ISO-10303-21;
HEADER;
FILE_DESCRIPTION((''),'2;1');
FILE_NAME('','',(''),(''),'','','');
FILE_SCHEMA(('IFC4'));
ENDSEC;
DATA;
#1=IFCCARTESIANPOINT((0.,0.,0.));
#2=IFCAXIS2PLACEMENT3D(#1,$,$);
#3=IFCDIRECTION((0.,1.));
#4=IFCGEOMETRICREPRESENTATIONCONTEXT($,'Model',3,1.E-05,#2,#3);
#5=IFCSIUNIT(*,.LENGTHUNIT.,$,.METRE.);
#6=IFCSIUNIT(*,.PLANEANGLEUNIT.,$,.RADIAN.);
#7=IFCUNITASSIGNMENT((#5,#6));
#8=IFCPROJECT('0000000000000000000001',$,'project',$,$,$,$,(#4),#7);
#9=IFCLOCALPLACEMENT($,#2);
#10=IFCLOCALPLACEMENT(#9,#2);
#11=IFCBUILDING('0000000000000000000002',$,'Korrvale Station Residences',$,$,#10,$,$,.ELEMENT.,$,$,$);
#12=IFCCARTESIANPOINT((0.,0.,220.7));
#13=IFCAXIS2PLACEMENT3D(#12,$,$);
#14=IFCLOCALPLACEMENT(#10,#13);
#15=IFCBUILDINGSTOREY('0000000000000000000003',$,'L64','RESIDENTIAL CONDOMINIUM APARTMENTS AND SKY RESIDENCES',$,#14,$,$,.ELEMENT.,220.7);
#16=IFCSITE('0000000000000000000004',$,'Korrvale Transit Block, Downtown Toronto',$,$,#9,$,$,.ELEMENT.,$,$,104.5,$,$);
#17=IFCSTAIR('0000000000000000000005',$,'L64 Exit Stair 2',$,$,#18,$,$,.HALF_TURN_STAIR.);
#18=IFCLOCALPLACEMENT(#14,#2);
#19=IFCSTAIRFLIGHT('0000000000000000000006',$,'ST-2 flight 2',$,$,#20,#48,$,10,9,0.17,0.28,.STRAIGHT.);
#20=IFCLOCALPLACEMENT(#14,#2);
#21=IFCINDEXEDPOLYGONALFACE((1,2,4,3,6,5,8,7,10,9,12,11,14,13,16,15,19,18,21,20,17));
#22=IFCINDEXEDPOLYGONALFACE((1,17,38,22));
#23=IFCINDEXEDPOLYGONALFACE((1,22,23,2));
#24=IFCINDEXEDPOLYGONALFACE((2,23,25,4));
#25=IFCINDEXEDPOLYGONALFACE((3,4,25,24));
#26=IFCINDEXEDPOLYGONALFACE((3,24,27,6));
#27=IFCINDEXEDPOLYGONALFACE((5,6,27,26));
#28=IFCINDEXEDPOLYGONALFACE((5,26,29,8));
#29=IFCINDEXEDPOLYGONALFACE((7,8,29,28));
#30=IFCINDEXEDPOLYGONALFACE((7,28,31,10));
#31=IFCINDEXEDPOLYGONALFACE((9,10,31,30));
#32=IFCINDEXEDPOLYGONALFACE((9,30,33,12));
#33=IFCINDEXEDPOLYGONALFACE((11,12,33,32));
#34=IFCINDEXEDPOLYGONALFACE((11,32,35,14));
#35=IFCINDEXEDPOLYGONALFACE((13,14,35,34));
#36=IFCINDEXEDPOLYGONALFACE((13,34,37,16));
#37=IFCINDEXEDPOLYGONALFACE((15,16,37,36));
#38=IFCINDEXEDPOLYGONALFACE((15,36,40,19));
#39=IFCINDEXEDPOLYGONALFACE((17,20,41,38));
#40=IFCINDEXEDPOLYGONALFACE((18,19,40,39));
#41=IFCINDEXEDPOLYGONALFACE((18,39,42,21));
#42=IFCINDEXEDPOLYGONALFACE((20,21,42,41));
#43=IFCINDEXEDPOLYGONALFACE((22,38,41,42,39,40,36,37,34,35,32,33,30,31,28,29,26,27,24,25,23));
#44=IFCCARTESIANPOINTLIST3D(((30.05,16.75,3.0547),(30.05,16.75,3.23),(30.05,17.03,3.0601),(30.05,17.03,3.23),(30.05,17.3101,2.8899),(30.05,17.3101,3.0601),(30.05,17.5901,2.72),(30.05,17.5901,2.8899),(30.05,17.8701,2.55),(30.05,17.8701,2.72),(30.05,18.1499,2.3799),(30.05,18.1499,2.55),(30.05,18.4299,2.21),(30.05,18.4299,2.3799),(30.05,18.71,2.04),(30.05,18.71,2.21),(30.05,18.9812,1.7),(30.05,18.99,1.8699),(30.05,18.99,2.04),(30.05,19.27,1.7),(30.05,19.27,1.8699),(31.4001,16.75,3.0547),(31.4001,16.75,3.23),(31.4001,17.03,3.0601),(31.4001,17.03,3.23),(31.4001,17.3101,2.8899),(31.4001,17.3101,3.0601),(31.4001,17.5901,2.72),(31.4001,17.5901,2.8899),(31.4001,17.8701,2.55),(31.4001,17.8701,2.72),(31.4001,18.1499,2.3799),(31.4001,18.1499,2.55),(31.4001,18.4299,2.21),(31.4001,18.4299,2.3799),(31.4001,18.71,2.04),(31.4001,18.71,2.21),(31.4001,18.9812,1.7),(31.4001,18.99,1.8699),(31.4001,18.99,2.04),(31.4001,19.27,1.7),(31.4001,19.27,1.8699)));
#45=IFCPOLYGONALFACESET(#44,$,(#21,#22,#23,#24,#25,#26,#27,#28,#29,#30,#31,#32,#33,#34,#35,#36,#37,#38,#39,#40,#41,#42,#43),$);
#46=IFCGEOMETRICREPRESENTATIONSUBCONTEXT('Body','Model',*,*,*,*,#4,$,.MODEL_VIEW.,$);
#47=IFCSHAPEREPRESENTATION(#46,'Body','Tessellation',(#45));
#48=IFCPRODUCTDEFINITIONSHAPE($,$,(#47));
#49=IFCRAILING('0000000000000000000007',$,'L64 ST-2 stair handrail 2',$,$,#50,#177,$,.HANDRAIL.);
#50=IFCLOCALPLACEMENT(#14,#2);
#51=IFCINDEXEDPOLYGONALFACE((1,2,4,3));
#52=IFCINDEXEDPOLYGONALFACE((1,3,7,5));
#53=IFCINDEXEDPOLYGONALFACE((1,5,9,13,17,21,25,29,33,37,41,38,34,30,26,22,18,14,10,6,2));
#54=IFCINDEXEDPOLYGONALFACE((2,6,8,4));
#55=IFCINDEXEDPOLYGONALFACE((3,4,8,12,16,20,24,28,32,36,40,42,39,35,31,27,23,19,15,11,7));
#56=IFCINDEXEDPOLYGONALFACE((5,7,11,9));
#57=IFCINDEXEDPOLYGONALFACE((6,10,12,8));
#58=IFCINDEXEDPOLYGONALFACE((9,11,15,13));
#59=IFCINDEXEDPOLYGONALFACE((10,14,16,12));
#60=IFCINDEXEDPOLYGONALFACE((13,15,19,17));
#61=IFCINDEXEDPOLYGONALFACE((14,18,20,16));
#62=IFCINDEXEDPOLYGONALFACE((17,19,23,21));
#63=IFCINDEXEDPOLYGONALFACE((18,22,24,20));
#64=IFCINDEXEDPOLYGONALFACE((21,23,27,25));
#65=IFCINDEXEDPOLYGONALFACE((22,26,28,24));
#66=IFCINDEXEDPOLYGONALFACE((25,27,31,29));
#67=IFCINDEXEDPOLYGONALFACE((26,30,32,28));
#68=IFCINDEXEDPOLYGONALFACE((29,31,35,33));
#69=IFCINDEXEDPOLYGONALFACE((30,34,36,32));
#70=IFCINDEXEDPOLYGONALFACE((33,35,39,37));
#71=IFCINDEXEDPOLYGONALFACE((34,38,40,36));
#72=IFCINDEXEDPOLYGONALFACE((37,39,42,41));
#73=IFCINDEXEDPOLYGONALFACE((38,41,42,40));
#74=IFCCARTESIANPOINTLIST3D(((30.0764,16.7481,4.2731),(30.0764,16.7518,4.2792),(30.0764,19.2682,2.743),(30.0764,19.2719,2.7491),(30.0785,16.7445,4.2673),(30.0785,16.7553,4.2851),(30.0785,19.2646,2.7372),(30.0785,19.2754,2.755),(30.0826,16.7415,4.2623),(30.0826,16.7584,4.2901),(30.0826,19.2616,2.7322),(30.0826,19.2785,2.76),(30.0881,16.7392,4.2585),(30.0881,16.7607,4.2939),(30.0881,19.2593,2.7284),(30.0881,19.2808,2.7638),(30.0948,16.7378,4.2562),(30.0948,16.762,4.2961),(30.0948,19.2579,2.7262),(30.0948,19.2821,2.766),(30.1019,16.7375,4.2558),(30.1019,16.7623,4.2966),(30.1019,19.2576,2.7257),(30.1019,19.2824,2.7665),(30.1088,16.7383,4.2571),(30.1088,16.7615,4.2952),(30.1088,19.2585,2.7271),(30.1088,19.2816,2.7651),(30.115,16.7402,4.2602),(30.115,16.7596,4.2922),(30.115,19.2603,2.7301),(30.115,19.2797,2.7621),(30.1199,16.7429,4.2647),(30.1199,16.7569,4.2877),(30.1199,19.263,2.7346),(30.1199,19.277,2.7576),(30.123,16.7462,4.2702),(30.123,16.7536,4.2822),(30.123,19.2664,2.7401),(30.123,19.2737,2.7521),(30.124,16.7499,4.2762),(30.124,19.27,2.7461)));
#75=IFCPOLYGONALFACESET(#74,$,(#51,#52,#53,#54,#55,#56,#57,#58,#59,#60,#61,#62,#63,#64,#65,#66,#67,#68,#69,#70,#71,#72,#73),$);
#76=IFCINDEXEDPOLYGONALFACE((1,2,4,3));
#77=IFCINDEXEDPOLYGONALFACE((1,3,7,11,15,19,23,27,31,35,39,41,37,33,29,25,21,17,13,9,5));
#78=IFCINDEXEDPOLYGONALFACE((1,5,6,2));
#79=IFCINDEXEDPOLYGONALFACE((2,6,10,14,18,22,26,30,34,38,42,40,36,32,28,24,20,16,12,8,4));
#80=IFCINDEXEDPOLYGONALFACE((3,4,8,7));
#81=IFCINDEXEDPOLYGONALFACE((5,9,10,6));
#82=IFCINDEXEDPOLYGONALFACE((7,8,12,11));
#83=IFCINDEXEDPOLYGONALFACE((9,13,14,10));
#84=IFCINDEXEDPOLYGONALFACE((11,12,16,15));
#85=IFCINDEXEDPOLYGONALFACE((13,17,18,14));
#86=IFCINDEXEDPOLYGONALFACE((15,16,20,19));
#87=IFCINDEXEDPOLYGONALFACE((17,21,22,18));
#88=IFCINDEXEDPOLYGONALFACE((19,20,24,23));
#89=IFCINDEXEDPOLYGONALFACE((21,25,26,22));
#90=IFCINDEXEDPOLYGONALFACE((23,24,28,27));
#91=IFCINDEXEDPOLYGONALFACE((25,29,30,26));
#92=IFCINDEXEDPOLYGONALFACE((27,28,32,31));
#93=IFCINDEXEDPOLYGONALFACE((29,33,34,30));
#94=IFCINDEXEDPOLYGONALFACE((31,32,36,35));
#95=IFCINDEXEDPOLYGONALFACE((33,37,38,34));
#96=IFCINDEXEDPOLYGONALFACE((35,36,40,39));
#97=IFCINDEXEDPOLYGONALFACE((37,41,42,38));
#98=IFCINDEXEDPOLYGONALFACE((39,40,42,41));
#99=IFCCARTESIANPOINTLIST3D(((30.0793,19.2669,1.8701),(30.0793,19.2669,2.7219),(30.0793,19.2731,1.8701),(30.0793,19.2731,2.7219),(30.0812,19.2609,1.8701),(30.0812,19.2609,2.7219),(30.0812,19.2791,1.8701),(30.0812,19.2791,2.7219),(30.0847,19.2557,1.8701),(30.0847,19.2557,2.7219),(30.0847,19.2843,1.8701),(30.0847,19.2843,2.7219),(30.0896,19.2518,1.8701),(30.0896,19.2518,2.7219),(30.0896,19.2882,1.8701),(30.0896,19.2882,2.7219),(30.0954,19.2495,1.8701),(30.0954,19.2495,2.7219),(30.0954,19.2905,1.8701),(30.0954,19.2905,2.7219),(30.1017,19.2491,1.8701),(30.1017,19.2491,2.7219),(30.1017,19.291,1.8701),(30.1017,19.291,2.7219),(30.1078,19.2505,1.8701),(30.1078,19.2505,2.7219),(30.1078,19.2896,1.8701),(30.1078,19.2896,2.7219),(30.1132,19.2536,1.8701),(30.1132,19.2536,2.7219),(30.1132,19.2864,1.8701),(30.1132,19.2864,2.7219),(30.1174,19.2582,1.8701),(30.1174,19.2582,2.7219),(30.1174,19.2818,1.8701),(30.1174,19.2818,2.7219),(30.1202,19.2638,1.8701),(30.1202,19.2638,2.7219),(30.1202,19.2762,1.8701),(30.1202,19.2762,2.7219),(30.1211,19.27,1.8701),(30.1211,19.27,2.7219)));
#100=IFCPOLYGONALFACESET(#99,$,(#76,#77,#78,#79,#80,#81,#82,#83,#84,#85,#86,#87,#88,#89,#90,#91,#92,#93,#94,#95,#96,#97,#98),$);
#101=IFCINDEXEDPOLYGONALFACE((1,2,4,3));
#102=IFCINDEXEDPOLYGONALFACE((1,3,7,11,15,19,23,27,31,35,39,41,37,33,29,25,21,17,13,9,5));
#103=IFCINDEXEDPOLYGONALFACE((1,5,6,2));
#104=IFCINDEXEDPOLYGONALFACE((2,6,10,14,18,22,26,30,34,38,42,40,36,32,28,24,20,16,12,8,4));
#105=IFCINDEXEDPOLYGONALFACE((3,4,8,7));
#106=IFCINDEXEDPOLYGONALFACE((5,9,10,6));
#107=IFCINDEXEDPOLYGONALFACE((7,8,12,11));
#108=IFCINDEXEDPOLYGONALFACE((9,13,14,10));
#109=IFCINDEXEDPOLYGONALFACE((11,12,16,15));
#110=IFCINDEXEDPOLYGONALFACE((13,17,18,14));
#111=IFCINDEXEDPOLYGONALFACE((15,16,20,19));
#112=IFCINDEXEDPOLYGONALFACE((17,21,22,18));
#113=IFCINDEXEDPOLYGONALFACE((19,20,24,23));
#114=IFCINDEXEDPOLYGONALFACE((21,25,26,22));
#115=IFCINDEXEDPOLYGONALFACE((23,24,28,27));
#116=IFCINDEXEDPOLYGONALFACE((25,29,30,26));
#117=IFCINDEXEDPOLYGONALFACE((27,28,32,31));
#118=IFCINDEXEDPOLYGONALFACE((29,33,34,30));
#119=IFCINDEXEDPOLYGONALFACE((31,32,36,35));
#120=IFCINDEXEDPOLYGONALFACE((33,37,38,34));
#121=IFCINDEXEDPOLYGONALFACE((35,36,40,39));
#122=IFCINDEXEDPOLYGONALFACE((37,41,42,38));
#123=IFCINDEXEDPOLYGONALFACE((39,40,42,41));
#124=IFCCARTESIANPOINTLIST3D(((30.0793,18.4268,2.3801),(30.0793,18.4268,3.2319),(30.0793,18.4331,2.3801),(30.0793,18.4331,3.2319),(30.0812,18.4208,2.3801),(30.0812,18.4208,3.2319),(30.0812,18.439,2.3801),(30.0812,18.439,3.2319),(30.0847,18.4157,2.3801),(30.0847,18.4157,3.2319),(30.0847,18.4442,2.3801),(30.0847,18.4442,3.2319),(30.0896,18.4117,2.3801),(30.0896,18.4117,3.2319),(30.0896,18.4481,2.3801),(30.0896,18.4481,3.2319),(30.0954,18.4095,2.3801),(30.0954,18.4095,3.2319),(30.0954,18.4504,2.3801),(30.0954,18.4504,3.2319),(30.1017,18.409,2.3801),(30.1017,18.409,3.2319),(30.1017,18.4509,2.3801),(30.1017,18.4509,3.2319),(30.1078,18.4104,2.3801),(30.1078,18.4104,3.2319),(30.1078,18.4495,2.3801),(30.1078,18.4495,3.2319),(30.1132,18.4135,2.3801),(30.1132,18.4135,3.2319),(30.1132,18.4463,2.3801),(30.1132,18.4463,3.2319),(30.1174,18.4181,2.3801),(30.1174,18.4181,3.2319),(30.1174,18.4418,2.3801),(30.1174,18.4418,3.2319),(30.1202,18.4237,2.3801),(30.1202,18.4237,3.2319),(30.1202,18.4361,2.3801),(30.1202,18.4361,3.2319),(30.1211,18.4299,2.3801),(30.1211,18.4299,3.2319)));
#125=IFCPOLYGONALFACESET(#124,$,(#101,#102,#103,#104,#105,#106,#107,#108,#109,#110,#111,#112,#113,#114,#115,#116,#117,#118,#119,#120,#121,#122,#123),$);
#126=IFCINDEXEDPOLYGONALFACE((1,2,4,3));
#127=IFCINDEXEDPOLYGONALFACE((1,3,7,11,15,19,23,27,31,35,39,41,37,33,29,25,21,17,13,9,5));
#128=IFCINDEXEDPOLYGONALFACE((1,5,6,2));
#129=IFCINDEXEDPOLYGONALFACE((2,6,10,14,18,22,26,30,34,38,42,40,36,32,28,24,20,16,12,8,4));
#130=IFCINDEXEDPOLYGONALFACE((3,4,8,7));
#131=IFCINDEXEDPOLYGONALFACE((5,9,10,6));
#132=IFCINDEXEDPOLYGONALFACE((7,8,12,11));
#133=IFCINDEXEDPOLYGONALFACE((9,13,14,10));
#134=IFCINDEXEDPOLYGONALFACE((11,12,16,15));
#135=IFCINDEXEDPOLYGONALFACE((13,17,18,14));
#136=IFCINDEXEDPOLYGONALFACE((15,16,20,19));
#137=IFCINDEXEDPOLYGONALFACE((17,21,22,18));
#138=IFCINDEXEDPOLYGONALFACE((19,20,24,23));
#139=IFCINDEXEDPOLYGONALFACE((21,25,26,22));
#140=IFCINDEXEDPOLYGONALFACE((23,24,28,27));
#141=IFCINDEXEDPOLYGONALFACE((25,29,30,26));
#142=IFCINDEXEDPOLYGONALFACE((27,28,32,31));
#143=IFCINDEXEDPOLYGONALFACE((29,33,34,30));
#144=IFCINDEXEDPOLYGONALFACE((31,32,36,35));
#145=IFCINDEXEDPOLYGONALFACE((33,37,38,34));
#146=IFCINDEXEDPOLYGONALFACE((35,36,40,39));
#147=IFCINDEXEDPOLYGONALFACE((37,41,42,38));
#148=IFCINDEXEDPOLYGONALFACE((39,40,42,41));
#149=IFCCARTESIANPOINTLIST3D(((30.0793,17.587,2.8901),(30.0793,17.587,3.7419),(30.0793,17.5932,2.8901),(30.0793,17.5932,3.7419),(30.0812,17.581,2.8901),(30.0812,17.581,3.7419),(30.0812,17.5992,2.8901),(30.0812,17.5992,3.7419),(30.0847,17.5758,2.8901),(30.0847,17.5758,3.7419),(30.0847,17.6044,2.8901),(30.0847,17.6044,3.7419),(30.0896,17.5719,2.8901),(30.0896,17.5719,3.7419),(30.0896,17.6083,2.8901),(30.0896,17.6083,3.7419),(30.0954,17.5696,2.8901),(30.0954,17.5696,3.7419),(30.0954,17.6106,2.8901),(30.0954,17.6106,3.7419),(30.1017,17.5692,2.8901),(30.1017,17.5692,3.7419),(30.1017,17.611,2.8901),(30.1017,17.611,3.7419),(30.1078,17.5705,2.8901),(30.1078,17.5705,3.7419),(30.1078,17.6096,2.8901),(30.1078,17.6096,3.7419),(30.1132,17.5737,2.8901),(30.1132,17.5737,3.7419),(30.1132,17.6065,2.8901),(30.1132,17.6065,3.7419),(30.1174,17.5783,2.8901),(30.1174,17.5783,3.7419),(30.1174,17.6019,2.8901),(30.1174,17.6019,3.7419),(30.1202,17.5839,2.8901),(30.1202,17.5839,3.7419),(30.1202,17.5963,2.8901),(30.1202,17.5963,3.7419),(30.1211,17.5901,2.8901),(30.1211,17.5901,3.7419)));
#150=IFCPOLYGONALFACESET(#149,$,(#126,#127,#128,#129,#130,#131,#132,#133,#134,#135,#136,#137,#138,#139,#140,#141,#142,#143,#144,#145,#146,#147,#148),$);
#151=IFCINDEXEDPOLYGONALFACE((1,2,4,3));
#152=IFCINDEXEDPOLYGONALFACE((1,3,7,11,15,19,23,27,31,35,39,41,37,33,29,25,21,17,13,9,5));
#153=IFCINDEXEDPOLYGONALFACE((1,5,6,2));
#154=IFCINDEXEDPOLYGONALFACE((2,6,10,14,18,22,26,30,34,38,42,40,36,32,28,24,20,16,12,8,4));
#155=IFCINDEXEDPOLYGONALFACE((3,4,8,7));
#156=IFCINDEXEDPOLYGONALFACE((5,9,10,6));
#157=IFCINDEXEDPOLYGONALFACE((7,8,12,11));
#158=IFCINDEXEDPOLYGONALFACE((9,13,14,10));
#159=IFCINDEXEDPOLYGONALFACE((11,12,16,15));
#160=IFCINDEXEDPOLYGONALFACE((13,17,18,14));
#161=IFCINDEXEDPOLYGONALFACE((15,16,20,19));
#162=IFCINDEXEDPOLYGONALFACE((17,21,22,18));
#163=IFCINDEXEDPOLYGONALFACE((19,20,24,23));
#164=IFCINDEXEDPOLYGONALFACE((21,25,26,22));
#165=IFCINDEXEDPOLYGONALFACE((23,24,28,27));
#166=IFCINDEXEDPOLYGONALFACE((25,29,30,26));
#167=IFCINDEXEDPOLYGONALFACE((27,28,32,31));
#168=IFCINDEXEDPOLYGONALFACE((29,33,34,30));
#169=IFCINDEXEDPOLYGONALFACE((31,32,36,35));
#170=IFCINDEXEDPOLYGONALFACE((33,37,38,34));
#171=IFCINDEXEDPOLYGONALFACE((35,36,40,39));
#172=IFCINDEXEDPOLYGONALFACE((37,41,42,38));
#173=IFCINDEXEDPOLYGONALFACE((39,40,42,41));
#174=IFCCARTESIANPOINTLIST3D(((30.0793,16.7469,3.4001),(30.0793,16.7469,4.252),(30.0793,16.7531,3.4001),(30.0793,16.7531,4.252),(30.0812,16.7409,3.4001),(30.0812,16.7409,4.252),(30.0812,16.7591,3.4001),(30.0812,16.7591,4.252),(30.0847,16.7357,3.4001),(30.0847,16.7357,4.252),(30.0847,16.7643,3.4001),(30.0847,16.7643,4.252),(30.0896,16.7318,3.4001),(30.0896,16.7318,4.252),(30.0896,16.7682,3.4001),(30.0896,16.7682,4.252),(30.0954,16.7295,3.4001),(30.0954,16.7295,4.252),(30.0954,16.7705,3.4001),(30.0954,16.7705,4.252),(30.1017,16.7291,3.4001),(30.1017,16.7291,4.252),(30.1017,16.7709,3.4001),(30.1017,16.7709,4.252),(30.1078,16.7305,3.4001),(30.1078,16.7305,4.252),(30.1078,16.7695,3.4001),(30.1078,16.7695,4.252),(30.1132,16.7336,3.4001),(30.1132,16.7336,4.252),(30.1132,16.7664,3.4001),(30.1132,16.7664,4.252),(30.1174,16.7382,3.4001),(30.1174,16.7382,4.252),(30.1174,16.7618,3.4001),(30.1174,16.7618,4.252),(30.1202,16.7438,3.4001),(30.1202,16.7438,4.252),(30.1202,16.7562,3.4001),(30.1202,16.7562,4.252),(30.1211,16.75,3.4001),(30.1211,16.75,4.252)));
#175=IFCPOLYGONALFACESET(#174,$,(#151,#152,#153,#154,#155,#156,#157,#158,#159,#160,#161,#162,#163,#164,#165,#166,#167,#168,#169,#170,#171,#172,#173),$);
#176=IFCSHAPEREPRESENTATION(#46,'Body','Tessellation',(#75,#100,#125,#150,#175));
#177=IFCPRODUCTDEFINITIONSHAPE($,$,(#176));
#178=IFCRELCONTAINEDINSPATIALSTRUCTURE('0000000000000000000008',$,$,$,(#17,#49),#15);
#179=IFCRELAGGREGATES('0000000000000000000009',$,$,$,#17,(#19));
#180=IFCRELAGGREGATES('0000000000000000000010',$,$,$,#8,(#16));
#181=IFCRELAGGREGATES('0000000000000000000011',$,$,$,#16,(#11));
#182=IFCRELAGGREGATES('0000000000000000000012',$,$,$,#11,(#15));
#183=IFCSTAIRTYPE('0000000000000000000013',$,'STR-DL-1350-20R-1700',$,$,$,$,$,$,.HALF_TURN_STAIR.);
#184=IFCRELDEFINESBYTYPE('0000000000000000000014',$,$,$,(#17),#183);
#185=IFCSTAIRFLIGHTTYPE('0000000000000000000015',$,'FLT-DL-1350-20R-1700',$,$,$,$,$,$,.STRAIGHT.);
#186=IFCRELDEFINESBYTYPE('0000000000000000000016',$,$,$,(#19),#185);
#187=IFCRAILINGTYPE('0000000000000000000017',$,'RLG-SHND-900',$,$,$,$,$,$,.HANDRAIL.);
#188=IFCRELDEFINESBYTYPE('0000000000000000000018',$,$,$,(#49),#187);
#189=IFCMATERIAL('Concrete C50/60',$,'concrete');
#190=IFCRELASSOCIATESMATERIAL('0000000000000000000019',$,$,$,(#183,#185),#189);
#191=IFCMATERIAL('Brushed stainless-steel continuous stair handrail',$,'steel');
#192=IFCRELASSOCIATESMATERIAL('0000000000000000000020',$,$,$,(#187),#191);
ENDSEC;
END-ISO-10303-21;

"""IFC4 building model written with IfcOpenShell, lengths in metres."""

from ifc_helpers import new_model, si_unit, direction, frame, origin, origin_2d, place, context, subcontext, project, spatial, polyline, circle, outline, extrude, material, type_object, element, aggregate, save


model = new_model("IFC4")

# Units and contexts
model_context = context("Model", 3, precision=1e-05, world=origin(), true_north=direction((0.0, 1.0)))
body_context = subcontext(model_context, "Body", "Model", "MODEL_VIEW")
ifc_project = project(units=[si_unit("LENGTHUNIT", "METRE"), si_unit("PLANEANGLEUNIT", "RADIAN")], contexts=[model_context])

# Site, building, storey
site_placement = place(None, origin())
site = spatial("IfcSite", under=ifc_project, at=site_placement, Name="Korrvale Transit Block, Downtown Toronto", CompositionType="ELEMENT", RefElevation=104.5)
building_placement = place(site_placement, origin())
building = spatial("IfcBuilding", under=site, at=building_placement, Name="Korrvale Station Residences", CompositionType="ELEMENT")
storey_placement = place(building_placement, frame((0.0, 0.0, 220.7)))
storey = spatial("IfcBuildingStorey", under=building, at=storey_placement, Name="L64", Description="RESIDENTIAL CONDOMINIUM APARTMENTS AND SKY RESIDENCES", CompositionType="ELEMENT", Elevation=220.7)

# Shared definitions
ifc_material_1 = material(Name="Concrete C50/60", Category="concrete")

# Stair, stair flight
stair_type = type_object("IfcStairType", Name="STR-DL-1350-20R-1700", PredefinedType="HALF_TURN_STAIR", material=ifc_material_1)
stair_placement = place(storey_placement, origin())
stair = element("IfcStair", 1, at=stair_placement, inside=storey, type_object=stair_type, Name="L64 Exit Stair 2", PredefinedType="HALF_TURN_STAIR")
stair_flight_type = type_object("IfcStairFlightType", Name="FLT-DL-1350-20R-1700", PredefinedType="STRAIGHT", material=ifc_material_1)
stair_flight_placement = place(storey_placement, frame((30.7251, 19.27, 1.7), z_axis=(0.0, 0.0, 1.0), x_axis=(0.0, -1.0, 0.0)))
stair_flight = element("IfcStairFlight", 2, at=stair_flight_placement, type_object=stair_flight_type, Name="ST-2 flight 2", NumberOfRisers=10, NumberOfTreads=9, PredefinedType="STRAIGHT", RiserHeight=0.17, TreadLength=0.28, context=body_context, shape_type="SweptSolid", body=[
    extrude(outline(polyline([(0.0, 0.0), (0.0, 0.1699), (0.28, 0.1699), (0.28, 0.3401), (0.5601, 0.3401), (0.5601, 0.51), (0.8401, 0.51), (0.8401, 0.6799), (1.1201, 0.6799), (1.1201, 0.8501), (1.3999, 0.8501), (1.3999, 1.02), (1.6799, 1.02), (1.6799, 1.1899), (1.96, 1.1899), (1.96, 1.3601), (2.24, 1.3601), (2.24, 1.53), (2.52, 1.53), (2.52, 1.7), (2.52, 1.3547), (0.2888, 0.0), (0.0, 0.0)])), frame((0.0, 0.675, 0.0), z_axis=(0.0, -1.0, 0.0), x_axis=(1.0, 0.0, 0.0)), (0.0, 0.0, 1.0), 1.3501),
])
aggregate(stair, [stair_flight])

# Railing
ifc_material_2 = material(Name="Brushed stainless-steel continuous stair handrail", Category="steel")
railing_type_1 = type_object("IfcRailingType", Name="RLG-SHND-900", PredefinedType="HANDRAIL", material=ifc_material_2)
railing_1_placement = place(storey_placement, frame((30.1001, 19.27, 1.8701)))
element("IfcRailing", 3, at=railing_1_placement, inside=storey, type_object=railing_type_1, Name="L64 ST-2 stair handrail 2", PredefinedType="HANDRAIL", context=body_context, shape_type="SweptSolid", body=[
    extrude(circle(Radius=0.0239, at=origin_2d()), frame((0.0, 0.0, 0.876), z_axis=(0.0, -0.854785, 0.518982), x_axis=(1.0, 0.0, 0.0)), (0.0, 0.0, 1.0), 2.9482),
    extrude(circle(Radius=0.021, at=origin_2d()), origin(), (0.0, 0.0, 1.0), 0.8518),
    extrude(circle(Radius=0.021, at=origin_2d()), frame((0.0, -0.8401, 0.51)), (0.0, 0.0, 1.0), 0.8518),
    extrude(circle(Radius=0.021, at=origin_2d()), frame((0.0, -1.6799, 1.02)), (0.0, 0.0, 1.0), 0.8518),
    extrude(circle(Radius=0.021, at=origin_2d()), frame((0.0, -2.52, 1.53)), (0.0, 0.0, 1.0), 0.8518),
])

save(model, "model.ifc")
